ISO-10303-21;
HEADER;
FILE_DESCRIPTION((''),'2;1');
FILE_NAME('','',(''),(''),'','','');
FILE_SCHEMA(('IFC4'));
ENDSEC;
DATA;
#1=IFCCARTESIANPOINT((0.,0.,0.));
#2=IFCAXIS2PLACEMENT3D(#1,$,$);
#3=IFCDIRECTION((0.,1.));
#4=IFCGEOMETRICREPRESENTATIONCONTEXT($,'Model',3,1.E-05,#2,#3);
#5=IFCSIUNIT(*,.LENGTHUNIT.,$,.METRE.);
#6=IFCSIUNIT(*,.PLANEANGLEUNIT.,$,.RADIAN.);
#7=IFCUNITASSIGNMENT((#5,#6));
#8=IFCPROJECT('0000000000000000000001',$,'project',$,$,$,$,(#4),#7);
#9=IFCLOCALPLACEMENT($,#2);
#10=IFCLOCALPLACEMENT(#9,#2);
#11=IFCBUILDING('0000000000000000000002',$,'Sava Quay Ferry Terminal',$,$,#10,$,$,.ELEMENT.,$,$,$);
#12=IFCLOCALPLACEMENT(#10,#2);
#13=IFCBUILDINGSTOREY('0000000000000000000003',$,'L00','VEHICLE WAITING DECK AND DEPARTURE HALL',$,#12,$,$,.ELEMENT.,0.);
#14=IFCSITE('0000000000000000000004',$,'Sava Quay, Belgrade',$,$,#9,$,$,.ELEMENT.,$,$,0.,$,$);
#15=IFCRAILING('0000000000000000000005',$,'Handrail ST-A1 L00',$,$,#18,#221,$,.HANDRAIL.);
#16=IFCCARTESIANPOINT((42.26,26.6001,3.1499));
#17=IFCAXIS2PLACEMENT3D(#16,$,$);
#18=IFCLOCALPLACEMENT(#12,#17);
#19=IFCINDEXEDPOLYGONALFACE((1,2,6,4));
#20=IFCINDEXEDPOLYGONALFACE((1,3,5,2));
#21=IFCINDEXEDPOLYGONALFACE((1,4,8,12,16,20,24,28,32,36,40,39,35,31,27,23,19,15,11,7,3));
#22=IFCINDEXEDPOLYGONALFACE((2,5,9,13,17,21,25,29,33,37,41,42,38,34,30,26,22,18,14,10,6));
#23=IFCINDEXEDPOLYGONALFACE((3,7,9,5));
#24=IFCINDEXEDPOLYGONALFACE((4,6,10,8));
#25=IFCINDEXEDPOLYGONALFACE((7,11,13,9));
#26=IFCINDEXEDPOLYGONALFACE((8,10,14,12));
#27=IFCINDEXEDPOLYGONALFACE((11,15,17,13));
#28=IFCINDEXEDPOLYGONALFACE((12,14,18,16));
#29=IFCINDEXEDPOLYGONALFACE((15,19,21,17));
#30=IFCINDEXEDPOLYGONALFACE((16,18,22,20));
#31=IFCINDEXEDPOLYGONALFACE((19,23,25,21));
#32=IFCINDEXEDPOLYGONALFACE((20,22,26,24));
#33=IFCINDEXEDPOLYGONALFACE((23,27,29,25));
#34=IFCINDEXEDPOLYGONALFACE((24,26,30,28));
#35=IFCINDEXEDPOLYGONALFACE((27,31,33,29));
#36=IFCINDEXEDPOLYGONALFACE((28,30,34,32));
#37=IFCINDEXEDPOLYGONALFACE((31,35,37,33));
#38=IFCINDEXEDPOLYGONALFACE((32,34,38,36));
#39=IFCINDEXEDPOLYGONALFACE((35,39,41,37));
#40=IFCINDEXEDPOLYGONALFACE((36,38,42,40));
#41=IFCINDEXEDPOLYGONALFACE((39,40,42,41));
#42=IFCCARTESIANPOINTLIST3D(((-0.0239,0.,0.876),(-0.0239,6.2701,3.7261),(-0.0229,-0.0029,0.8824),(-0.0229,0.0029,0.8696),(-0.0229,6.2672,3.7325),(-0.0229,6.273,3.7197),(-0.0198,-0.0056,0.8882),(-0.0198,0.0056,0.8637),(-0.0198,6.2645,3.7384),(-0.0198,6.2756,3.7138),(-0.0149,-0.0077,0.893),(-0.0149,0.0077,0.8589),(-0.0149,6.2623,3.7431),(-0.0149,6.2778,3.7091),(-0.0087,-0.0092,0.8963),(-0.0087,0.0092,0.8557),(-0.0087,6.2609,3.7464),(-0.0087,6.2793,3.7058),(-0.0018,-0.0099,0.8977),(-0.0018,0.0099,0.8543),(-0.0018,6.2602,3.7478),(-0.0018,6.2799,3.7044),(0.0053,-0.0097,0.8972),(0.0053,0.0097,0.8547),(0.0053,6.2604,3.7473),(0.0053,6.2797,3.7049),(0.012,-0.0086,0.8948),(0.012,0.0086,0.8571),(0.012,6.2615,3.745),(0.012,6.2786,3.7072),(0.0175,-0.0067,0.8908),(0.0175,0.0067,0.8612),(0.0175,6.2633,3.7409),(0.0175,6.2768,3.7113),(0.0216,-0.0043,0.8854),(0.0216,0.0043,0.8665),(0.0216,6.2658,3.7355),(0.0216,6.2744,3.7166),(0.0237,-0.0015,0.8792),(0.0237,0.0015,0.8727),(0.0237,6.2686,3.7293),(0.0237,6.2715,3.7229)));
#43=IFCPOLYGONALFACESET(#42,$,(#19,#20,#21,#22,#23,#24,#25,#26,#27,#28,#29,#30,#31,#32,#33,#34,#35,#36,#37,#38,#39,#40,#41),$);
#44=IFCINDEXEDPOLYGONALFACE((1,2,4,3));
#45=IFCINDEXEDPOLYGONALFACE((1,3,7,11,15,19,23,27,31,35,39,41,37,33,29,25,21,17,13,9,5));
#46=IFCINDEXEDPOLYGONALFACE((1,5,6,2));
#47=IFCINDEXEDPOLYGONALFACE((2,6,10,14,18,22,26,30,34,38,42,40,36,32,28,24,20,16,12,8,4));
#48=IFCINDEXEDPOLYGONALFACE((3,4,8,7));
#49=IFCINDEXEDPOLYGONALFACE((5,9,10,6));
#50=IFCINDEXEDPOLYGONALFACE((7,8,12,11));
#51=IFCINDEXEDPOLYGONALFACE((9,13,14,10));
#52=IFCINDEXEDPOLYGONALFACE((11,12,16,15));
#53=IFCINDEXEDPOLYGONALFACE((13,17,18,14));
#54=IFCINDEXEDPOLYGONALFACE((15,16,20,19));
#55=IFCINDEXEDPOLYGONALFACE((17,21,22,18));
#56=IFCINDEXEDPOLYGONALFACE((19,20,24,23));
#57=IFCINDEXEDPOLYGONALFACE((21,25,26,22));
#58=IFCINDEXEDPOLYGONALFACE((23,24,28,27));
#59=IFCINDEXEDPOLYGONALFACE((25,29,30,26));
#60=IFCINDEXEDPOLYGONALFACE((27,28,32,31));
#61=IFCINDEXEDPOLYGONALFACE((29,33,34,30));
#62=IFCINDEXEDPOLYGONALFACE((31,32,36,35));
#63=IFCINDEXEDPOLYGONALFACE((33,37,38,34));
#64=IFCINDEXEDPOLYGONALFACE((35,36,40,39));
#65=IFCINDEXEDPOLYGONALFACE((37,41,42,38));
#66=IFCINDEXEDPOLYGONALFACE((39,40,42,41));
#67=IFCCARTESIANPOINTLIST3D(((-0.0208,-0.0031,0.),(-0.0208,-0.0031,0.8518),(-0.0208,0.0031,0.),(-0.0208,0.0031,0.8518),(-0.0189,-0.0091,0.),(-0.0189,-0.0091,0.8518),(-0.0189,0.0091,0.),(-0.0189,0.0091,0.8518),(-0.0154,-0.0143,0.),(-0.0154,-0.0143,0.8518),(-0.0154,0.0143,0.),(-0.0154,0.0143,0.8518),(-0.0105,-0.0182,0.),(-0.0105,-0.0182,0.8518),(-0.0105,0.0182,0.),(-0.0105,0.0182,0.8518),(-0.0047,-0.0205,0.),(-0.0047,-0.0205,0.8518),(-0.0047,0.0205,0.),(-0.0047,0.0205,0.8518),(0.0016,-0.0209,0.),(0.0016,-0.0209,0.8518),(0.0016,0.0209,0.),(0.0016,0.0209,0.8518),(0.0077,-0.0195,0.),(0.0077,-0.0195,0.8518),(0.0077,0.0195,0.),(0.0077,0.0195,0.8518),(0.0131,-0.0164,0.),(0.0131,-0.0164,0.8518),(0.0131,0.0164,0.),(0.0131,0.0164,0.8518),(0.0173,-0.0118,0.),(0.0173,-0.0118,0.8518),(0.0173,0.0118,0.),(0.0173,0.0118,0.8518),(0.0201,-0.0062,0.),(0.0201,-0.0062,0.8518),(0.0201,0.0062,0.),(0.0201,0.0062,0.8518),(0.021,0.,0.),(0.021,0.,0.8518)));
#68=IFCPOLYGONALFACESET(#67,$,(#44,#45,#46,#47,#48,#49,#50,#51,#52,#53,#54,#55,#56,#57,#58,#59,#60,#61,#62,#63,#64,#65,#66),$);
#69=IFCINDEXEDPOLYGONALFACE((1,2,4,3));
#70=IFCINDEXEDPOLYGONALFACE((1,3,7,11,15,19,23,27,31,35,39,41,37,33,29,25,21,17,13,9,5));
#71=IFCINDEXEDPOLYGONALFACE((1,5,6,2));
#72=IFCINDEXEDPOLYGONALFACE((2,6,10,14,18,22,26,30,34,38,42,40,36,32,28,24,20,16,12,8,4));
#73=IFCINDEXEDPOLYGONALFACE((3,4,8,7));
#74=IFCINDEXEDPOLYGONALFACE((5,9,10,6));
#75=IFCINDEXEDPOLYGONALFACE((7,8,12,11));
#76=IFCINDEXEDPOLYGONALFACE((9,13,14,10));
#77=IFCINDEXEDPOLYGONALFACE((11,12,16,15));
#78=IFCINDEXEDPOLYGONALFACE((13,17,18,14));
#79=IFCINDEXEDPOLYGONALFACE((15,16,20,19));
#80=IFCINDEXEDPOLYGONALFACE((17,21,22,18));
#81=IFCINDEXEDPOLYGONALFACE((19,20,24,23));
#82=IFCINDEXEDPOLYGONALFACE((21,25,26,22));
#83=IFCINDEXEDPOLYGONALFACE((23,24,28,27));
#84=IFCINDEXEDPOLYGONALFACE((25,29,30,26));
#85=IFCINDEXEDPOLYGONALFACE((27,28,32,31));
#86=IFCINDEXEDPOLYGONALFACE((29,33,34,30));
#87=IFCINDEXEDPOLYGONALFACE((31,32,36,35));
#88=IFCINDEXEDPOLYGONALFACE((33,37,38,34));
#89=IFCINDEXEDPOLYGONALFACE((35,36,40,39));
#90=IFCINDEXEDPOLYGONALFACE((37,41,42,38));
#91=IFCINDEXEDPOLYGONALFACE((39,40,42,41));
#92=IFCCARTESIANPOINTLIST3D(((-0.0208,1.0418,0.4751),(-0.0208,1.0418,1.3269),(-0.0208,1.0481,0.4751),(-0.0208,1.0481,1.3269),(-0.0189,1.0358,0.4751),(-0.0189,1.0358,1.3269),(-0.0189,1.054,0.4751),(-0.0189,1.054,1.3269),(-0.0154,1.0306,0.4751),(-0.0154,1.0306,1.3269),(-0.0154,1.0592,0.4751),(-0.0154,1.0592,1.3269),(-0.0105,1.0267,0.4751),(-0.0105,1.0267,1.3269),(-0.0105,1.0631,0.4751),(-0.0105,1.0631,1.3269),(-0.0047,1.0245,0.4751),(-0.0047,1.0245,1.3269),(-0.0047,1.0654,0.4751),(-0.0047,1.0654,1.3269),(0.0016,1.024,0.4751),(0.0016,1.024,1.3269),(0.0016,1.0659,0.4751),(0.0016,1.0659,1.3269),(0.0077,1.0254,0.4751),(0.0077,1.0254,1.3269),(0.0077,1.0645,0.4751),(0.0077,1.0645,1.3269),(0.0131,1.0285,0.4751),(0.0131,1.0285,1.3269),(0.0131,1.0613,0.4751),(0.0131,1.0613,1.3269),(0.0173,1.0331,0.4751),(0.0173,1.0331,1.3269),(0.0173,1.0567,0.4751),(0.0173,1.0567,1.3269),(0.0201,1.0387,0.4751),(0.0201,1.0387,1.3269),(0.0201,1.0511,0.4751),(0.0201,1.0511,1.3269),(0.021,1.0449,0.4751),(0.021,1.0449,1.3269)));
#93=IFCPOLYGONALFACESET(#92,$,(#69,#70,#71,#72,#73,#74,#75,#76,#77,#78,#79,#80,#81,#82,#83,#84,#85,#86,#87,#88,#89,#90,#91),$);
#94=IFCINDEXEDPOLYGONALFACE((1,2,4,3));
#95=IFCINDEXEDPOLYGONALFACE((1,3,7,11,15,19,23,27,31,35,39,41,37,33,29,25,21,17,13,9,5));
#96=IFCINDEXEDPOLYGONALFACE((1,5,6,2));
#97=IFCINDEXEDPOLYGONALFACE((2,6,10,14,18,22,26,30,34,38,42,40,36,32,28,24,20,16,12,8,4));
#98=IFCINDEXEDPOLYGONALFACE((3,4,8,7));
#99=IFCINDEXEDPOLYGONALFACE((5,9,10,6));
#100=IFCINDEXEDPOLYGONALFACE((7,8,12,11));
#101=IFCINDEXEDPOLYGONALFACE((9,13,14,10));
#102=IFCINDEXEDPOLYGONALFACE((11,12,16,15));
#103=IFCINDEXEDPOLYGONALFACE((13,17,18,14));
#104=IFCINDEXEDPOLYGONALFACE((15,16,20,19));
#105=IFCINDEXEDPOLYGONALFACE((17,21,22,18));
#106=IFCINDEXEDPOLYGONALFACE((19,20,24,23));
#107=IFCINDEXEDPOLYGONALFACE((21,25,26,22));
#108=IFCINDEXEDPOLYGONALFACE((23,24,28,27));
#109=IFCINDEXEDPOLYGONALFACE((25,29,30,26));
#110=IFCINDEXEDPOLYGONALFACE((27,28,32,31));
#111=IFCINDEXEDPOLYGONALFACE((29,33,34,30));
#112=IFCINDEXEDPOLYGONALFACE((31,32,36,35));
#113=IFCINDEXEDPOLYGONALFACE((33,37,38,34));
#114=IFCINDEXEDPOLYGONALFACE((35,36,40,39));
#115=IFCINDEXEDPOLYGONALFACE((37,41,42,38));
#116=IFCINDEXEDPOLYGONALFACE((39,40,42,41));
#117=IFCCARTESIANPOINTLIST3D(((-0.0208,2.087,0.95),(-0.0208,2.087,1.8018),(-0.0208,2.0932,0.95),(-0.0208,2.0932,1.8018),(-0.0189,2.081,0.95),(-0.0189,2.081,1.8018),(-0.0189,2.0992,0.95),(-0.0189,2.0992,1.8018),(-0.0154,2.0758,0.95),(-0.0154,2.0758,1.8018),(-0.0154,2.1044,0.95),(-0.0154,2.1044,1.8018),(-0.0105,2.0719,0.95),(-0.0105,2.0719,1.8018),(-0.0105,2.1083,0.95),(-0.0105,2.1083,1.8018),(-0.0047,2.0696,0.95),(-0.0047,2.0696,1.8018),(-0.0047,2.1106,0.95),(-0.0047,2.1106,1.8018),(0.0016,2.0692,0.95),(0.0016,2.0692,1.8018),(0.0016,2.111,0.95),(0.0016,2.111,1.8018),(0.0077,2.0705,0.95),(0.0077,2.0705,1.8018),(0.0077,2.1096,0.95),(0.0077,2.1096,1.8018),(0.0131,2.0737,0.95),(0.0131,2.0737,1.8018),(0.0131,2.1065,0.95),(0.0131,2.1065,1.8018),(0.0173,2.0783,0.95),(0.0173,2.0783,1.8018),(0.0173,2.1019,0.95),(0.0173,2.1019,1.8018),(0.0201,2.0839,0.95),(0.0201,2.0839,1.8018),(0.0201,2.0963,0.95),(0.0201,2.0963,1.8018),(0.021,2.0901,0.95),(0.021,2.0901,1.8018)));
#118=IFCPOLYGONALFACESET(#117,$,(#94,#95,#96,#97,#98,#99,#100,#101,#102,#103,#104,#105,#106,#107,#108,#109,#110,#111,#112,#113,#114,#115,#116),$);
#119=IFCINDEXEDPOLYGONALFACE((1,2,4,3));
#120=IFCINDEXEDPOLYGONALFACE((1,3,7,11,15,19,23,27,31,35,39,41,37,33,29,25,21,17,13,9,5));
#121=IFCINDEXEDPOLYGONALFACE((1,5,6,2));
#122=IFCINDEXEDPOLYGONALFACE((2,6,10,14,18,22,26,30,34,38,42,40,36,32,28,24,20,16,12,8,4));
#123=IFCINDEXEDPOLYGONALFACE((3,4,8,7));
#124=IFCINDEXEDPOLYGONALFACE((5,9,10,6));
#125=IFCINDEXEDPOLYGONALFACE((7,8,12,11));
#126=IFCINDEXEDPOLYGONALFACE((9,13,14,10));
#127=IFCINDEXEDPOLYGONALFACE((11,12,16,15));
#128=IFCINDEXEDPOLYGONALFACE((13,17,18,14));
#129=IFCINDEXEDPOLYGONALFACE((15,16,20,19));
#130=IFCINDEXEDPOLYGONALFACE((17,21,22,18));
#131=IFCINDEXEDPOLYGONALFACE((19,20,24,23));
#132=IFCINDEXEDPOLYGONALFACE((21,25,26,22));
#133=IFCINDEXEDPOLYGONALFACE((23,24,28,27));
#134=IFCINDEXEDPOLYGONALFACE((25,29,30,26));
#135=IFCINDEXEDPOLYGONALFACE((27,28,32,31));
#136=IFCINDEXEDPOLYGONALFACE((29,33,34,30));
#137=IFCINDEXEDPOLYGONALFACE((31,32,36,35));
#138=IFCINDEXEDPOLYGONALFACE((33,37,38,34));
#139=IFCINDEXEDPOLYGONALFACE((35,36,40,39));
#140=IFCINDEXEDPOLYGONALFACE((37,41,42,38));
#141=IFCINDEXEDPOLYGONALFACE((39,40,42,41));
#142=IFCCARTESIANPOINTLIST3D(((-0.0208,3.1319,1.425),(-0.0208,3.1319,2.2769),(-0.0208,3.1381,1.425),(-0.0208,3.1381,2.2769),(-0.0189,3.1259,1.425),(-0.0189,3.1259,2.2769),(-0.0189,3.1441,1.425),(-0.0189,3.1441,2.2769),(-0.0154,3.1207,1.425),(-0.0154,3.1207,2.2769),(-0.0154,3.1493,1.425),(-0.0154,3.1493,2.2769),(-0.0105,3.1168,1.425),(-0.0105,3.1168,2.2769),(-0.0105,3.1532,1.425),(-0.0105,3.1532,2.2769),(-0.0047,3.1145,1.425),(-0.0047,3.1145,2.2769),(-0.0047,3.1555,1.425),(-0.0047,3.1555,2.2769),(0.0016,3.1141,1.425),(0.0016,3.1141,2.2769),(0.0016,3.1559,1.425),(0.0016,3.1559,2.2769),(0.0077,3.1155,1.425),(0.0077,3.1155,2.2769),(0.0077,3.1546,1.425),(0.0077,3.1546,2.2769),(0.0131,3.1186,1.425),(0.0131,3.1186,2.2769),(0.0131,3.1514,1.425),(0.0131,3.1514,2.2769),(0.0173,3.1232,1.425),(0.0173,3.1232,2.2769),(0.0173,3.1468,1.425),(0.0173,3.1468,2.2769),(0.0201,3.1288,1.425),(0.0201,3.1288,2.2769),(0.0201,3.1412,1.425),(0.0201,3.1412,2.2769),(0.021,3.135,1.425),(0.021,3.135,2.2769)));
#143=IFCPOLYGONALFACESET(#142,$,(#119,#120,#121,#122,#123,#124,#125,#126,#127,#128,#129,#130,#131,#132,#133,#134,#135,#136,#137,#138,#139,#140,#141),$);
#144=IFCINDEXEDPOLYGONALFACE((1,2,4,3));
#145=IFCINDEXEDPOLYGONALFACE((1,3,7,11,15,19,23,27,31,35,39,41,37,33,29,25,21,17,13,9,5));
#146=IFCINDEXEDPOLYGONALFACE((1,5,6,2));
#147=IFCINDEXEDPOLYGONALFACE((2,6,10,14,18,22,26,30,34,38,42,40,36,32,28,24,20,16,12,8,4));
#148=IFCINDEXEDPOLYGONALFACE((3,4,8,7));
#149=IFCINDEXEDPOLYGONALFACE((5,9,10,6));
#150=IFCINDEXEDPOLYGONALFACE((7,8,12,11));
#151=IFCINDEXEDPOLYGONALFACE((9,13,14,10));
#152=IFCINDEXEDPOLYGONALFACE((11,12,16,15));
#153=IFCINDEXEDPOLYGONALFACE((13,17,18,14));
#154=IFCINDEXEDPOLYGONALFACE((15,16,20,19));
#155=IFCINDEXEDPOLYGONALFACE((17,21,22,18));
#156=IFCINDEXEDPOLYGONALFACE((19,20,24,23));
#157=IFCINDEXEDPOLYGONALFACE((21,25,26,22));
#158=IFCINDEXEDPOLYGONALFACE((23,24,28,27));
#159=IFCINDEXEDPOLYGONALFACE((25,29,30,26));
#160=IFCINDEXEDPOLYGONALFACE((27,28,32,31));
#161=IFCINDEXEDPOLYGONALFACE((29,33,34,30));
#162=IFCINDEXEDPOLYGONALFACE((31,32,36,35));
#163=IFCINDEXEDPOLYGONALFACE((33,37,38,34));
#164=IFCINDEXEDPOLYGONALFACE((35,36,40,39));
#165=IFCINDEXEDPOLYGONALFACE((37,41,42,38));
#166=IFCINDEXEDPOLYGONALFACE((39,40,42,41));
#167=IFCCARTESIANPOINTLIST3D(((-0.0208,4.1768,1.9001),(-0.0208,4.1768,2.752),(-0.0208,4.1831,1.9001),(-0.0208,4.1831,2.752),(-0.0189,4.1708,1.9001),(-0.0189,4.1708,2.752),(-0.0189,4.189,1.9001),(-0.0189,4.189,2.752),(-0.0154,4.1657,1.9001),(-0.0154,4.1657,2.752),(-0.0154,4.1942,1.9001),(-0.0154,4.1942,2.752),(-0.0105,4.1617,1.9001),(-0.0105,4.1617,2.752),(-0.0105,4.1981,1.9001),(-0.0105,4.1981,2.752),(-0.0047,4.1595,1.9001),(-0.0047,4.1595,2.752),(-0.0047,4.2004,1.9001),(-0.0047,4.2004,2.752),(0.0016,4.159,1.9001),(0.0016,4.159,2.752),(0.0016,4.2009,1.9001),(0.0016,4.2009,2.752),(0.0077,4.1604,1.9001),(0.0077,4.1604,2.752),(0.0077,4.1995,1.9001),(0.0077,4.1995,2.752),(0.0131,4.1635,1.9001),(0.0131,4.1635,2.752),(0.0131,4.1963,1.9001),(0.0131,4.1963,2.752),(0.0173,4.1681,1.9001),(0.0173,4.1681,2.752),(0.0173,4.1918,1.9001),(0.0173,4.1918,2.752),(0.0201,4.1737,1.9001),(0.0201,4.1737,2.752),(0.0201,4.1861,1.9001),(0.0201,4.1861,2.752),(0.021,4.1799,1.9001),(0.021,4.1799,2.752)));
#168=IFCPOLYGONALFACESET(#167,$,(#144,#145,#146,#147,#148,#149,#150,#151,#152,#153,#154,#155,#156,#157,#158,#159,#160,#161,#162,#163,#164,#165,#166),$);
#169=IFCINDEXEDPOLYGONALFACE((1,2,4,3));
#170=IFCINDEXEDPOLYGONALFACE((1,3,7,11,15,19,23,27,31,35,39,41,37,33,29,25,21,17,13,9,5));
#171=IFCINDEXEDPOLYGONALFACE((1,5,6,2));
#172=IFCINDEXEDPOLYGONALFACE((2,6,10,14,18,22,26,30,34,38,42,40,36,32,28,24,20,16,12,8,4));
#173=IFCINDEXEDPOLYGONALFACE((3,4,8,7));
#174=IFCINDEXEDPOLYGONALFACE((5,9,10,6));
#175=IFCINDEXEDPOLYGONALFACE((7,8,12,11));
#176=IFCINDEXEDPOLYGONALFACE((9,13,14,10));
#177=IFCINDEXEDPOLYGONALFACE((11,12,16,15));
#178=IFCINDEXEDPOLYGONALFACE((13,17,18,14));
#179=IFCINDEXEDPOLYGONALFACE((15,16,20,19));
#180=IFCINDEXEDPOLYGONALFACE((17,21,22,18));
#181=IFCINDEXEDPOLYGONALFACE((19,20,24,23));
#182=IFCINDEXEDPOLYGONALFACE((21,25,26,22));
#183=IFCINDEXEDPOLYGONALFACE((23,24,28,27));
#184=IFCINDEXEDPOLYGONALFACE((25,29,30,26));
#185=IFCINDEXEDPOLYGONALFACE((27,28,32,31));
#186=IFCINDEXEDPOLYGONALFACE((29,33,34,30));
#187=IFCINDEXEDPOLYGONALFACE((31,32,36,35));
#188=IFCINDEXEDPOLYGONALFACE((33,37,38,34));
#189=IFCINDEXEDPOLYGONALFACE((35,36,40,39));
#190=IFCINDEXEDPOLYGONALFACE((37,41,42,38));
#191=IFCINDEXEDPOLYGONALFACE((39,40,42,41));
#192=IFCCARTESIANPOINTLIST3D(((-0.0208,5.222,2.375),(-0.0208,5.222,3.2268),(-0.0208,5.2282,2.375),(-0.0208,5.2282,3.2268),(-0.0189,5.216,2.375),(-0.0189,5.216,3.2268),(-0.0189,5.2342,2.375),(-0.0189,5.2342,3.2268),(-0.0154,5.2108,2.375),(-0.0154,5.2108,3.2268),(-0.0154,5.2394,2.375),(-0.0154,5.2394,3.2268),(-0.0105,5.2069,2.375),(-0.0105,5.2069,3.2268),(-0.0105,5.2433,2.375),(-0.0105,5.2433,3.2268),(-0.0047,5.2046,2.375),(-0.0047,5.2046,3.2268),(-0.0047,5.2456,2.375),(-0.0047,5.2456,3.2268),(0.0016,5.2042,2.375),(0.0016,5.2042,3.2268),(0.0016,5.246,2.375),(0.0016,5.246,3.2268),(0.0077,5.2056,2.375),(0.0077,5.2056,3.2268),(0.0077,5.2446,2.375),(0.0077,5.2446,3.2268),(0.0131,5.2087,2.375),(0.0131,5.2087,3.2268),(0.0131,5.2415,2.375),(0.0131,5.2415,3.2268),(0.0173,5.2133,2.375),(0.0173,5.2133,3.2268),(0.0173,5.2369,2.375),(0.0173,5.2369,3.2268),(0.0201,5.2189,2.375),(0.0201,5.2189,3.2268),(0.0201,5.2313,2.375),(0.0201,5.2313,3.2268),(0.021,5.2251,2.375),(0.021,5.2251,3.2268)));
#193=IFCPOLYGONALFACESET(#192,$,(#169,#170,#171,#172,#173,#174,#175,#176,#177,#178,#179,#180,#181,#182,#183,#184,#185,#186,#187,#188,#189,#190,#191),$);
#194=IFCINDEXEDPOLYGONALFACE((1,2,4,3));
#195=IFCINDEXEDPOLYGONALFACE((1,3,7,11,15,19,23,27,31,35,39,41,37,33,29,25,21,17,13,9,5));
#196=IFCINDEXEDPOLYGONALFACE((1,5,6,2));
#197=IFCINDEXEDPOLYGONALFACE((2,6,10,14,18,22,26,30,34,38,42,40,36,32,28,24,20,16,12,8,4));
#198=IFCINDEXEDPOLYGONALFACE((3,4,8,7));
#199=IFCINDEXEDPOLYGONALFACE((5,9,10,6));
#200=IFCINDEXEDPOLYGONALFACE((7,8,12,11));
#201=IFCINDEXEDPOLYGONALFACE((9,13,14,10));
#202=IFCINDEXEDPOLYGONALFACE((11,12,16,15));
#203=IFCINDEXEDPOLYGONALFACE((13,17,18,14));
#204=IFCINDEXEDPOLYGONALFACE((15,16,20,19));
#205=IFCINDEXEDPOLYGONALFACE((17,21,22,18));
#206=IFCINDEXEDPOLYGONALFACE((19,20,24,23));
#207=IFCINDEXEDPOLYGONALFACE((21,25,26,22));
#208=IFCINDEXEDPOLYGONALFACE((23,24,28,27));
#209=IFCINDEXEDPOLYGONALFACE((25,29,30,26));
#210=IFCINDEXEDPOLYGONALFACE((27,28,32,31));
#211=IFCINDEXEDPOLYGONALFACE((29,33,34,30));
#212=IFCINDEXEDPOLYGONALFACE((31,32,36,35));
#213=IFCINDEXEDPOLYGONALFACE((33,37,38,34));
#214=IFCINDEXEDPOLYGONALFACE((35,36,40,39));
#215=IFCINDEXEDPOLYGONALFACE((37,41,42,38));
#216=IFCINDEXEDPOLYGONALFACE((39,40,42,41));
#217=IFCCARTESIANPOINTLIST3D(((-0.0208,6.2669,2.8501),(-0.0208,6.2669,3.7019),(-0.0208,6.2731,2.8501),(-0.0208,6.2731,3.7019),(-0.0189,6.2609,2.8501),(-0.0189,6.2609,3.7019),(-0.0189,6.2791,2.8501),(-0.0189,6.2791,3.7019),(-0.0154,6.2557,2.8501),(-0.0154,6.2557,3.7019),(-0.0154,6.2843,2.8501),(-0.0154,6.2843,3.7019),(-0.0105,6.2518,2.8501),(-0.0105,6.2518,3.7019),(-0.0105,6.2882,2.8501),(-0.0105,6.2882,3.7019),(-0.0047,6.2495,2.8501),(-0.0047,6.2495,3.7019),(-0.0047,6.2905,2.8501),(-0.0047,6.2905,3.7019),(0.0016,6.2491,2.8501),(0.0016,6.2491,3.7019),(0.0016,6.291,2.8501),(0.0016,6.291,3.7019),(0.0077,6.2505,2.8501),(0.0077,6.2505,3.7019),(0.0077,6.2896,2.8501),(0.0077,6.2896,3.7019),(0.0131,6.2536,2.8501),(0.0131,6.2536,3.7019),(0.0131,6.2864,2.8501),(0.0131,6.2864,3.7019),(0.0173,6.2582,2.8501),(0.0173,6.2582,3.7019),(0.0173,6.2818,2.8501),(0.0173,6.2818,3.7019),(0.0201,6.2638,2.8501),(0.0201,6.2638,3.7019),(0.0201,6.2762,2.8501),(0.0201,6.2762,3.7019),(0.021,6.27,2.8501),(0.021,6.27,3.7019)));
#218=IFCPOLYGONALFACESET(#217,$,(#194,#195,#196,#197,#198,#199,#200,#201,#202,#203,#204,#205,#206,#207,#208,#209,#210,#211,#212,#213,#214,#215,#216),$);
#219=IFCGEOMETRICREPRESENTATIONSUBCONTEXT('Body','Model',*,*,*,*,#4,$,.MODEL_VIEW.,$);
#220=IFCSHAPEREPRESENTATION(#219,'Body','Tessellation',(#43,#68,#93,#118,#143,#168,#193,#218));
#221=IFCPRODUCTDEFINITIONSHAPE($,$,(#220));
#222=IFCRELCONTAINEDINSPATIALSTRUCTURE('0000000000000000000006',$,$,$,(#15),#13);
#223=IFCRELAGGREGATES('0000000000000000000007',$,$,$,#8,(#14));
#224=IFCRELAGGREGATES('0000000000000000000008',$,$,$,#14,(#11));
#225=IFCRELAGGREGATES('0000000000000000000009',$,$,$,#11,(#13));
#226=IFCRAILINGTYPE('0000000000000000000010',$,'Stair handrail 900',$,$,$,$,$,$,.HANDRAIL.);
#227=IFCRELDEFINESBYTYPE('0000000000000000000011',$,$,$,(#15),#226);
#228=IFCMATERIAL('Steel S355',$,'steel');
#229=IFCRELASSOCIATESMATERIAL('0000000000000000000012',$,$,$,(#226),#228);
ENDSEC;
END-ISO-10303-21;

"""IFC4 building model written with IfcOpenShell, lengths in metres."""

from ifc_helpers import new_model, si_unit, direction, frame, origin, origin_2d, place, context, subcontext, project, spatial, circle, extrude, material, type_object, element, save


model = new_model("IFC4")

# Units and contexts
model_context = context("Model", 3, precision=1e-05, world=origin(), true_north=direction((0.0, 1.0)))
body_context = subcontext(model_context, "Body", "Model", "MODEL_VIEW")
ifc_project = project(units=[si_unit("LENGTHUNIT", "METRE"), si_unit("PLANEANGLEUNIT", "RADIAN")], contexts=[model_context])

# Site, building, storey
site_placement = place(None, origin())
site = spatial("IfcSite", under=ifc_project, at=site_placement, Name="Sava Quay, Belgrade", CompositionType="ELEMENT", RefElevation=0.0)
building_placement = place(site_placement, origin())
building = spatial("IfcBuilding", under=site, at=building_placement, Name="Sava Quay Ferry Terminal", CompositionType="ELEMENT")
storey_placement = place(building_placement, origin())
storey = spatial("IfcBuildingStorey", under=building, at=storey_placement, Name="L00", Description="VEHICLE WAITING DECK AND DEPARTURE HALL", CompositionType="ELEMENT", Elevation=0.0)

# Railing
ifc_material_1 = material(Name="Steel S355", Category="steel")
railing_type_1 = type_object("IfcRailingType", Name="Stair handrail 900", PredefinedType="HANDRAIL", material=ifc_material_1)
railing_1_placement = place(storey_placement, frame((42.26, 26.6001, 3.1499)))
element("IfcRailing", 1, at=railing_1_placement, inside=storey, type_object=railing_type_1, Name="Handrail ST-A1 L00", PredefinedType="HANDRAIL", context=body_context, shape_type="SweptSolid", body=[
    extrude(circle(Radius=0.0239, at=origin_2d()), frame((0.0, 0.0, 0.876), z_axis=(0.0, 0.910362, 0.413814), x_axis=(-1.0, 0.0, 0.0)), (0.0, 0.0, 1.0), 6.8875),
    extrude(circle(Radius=0.021, at=origin_2d()), origin(), (0.0, 0.0, 1.0), 0.8518),
    extrude(circle(Radius=0.021, at=origin_2d()), frame((0.0, 1.0449, 0.4751)), (0.0, 0.0, 1.0), 0.8518),
    extrude(circle(Radius=0.021, at=origin_2d()), frame((0.0, 2.0901, 0.95)), (0.0, 0.0, 1.0), 0.8518),
    extrude(circle(Radius=0.021, at=origin_2d()), frame((0.0, 3.135, 1.425)), (0.0, 0.0, 1.0), 0.8518),
    extrude(circle(Radius=0.021, at=origin_2d()), frame((0.0, 4.1799, 1.9001)), (0.0, 0.0, 1.0), 0.8518),
    extrude(circle(Radius=0.021, at=origin_2d()), frame((0.0, 5.2251, 2.375)), (0.0, 0.0, 1.0), 0.8518),
    extrude(circle(Radius=0.021, at=origin_2d()), frame((0.0, 6.27, 2.8501)), (0.0, 0.0, 1.0), 0.8518),
])

save(model, "model.ifc")
